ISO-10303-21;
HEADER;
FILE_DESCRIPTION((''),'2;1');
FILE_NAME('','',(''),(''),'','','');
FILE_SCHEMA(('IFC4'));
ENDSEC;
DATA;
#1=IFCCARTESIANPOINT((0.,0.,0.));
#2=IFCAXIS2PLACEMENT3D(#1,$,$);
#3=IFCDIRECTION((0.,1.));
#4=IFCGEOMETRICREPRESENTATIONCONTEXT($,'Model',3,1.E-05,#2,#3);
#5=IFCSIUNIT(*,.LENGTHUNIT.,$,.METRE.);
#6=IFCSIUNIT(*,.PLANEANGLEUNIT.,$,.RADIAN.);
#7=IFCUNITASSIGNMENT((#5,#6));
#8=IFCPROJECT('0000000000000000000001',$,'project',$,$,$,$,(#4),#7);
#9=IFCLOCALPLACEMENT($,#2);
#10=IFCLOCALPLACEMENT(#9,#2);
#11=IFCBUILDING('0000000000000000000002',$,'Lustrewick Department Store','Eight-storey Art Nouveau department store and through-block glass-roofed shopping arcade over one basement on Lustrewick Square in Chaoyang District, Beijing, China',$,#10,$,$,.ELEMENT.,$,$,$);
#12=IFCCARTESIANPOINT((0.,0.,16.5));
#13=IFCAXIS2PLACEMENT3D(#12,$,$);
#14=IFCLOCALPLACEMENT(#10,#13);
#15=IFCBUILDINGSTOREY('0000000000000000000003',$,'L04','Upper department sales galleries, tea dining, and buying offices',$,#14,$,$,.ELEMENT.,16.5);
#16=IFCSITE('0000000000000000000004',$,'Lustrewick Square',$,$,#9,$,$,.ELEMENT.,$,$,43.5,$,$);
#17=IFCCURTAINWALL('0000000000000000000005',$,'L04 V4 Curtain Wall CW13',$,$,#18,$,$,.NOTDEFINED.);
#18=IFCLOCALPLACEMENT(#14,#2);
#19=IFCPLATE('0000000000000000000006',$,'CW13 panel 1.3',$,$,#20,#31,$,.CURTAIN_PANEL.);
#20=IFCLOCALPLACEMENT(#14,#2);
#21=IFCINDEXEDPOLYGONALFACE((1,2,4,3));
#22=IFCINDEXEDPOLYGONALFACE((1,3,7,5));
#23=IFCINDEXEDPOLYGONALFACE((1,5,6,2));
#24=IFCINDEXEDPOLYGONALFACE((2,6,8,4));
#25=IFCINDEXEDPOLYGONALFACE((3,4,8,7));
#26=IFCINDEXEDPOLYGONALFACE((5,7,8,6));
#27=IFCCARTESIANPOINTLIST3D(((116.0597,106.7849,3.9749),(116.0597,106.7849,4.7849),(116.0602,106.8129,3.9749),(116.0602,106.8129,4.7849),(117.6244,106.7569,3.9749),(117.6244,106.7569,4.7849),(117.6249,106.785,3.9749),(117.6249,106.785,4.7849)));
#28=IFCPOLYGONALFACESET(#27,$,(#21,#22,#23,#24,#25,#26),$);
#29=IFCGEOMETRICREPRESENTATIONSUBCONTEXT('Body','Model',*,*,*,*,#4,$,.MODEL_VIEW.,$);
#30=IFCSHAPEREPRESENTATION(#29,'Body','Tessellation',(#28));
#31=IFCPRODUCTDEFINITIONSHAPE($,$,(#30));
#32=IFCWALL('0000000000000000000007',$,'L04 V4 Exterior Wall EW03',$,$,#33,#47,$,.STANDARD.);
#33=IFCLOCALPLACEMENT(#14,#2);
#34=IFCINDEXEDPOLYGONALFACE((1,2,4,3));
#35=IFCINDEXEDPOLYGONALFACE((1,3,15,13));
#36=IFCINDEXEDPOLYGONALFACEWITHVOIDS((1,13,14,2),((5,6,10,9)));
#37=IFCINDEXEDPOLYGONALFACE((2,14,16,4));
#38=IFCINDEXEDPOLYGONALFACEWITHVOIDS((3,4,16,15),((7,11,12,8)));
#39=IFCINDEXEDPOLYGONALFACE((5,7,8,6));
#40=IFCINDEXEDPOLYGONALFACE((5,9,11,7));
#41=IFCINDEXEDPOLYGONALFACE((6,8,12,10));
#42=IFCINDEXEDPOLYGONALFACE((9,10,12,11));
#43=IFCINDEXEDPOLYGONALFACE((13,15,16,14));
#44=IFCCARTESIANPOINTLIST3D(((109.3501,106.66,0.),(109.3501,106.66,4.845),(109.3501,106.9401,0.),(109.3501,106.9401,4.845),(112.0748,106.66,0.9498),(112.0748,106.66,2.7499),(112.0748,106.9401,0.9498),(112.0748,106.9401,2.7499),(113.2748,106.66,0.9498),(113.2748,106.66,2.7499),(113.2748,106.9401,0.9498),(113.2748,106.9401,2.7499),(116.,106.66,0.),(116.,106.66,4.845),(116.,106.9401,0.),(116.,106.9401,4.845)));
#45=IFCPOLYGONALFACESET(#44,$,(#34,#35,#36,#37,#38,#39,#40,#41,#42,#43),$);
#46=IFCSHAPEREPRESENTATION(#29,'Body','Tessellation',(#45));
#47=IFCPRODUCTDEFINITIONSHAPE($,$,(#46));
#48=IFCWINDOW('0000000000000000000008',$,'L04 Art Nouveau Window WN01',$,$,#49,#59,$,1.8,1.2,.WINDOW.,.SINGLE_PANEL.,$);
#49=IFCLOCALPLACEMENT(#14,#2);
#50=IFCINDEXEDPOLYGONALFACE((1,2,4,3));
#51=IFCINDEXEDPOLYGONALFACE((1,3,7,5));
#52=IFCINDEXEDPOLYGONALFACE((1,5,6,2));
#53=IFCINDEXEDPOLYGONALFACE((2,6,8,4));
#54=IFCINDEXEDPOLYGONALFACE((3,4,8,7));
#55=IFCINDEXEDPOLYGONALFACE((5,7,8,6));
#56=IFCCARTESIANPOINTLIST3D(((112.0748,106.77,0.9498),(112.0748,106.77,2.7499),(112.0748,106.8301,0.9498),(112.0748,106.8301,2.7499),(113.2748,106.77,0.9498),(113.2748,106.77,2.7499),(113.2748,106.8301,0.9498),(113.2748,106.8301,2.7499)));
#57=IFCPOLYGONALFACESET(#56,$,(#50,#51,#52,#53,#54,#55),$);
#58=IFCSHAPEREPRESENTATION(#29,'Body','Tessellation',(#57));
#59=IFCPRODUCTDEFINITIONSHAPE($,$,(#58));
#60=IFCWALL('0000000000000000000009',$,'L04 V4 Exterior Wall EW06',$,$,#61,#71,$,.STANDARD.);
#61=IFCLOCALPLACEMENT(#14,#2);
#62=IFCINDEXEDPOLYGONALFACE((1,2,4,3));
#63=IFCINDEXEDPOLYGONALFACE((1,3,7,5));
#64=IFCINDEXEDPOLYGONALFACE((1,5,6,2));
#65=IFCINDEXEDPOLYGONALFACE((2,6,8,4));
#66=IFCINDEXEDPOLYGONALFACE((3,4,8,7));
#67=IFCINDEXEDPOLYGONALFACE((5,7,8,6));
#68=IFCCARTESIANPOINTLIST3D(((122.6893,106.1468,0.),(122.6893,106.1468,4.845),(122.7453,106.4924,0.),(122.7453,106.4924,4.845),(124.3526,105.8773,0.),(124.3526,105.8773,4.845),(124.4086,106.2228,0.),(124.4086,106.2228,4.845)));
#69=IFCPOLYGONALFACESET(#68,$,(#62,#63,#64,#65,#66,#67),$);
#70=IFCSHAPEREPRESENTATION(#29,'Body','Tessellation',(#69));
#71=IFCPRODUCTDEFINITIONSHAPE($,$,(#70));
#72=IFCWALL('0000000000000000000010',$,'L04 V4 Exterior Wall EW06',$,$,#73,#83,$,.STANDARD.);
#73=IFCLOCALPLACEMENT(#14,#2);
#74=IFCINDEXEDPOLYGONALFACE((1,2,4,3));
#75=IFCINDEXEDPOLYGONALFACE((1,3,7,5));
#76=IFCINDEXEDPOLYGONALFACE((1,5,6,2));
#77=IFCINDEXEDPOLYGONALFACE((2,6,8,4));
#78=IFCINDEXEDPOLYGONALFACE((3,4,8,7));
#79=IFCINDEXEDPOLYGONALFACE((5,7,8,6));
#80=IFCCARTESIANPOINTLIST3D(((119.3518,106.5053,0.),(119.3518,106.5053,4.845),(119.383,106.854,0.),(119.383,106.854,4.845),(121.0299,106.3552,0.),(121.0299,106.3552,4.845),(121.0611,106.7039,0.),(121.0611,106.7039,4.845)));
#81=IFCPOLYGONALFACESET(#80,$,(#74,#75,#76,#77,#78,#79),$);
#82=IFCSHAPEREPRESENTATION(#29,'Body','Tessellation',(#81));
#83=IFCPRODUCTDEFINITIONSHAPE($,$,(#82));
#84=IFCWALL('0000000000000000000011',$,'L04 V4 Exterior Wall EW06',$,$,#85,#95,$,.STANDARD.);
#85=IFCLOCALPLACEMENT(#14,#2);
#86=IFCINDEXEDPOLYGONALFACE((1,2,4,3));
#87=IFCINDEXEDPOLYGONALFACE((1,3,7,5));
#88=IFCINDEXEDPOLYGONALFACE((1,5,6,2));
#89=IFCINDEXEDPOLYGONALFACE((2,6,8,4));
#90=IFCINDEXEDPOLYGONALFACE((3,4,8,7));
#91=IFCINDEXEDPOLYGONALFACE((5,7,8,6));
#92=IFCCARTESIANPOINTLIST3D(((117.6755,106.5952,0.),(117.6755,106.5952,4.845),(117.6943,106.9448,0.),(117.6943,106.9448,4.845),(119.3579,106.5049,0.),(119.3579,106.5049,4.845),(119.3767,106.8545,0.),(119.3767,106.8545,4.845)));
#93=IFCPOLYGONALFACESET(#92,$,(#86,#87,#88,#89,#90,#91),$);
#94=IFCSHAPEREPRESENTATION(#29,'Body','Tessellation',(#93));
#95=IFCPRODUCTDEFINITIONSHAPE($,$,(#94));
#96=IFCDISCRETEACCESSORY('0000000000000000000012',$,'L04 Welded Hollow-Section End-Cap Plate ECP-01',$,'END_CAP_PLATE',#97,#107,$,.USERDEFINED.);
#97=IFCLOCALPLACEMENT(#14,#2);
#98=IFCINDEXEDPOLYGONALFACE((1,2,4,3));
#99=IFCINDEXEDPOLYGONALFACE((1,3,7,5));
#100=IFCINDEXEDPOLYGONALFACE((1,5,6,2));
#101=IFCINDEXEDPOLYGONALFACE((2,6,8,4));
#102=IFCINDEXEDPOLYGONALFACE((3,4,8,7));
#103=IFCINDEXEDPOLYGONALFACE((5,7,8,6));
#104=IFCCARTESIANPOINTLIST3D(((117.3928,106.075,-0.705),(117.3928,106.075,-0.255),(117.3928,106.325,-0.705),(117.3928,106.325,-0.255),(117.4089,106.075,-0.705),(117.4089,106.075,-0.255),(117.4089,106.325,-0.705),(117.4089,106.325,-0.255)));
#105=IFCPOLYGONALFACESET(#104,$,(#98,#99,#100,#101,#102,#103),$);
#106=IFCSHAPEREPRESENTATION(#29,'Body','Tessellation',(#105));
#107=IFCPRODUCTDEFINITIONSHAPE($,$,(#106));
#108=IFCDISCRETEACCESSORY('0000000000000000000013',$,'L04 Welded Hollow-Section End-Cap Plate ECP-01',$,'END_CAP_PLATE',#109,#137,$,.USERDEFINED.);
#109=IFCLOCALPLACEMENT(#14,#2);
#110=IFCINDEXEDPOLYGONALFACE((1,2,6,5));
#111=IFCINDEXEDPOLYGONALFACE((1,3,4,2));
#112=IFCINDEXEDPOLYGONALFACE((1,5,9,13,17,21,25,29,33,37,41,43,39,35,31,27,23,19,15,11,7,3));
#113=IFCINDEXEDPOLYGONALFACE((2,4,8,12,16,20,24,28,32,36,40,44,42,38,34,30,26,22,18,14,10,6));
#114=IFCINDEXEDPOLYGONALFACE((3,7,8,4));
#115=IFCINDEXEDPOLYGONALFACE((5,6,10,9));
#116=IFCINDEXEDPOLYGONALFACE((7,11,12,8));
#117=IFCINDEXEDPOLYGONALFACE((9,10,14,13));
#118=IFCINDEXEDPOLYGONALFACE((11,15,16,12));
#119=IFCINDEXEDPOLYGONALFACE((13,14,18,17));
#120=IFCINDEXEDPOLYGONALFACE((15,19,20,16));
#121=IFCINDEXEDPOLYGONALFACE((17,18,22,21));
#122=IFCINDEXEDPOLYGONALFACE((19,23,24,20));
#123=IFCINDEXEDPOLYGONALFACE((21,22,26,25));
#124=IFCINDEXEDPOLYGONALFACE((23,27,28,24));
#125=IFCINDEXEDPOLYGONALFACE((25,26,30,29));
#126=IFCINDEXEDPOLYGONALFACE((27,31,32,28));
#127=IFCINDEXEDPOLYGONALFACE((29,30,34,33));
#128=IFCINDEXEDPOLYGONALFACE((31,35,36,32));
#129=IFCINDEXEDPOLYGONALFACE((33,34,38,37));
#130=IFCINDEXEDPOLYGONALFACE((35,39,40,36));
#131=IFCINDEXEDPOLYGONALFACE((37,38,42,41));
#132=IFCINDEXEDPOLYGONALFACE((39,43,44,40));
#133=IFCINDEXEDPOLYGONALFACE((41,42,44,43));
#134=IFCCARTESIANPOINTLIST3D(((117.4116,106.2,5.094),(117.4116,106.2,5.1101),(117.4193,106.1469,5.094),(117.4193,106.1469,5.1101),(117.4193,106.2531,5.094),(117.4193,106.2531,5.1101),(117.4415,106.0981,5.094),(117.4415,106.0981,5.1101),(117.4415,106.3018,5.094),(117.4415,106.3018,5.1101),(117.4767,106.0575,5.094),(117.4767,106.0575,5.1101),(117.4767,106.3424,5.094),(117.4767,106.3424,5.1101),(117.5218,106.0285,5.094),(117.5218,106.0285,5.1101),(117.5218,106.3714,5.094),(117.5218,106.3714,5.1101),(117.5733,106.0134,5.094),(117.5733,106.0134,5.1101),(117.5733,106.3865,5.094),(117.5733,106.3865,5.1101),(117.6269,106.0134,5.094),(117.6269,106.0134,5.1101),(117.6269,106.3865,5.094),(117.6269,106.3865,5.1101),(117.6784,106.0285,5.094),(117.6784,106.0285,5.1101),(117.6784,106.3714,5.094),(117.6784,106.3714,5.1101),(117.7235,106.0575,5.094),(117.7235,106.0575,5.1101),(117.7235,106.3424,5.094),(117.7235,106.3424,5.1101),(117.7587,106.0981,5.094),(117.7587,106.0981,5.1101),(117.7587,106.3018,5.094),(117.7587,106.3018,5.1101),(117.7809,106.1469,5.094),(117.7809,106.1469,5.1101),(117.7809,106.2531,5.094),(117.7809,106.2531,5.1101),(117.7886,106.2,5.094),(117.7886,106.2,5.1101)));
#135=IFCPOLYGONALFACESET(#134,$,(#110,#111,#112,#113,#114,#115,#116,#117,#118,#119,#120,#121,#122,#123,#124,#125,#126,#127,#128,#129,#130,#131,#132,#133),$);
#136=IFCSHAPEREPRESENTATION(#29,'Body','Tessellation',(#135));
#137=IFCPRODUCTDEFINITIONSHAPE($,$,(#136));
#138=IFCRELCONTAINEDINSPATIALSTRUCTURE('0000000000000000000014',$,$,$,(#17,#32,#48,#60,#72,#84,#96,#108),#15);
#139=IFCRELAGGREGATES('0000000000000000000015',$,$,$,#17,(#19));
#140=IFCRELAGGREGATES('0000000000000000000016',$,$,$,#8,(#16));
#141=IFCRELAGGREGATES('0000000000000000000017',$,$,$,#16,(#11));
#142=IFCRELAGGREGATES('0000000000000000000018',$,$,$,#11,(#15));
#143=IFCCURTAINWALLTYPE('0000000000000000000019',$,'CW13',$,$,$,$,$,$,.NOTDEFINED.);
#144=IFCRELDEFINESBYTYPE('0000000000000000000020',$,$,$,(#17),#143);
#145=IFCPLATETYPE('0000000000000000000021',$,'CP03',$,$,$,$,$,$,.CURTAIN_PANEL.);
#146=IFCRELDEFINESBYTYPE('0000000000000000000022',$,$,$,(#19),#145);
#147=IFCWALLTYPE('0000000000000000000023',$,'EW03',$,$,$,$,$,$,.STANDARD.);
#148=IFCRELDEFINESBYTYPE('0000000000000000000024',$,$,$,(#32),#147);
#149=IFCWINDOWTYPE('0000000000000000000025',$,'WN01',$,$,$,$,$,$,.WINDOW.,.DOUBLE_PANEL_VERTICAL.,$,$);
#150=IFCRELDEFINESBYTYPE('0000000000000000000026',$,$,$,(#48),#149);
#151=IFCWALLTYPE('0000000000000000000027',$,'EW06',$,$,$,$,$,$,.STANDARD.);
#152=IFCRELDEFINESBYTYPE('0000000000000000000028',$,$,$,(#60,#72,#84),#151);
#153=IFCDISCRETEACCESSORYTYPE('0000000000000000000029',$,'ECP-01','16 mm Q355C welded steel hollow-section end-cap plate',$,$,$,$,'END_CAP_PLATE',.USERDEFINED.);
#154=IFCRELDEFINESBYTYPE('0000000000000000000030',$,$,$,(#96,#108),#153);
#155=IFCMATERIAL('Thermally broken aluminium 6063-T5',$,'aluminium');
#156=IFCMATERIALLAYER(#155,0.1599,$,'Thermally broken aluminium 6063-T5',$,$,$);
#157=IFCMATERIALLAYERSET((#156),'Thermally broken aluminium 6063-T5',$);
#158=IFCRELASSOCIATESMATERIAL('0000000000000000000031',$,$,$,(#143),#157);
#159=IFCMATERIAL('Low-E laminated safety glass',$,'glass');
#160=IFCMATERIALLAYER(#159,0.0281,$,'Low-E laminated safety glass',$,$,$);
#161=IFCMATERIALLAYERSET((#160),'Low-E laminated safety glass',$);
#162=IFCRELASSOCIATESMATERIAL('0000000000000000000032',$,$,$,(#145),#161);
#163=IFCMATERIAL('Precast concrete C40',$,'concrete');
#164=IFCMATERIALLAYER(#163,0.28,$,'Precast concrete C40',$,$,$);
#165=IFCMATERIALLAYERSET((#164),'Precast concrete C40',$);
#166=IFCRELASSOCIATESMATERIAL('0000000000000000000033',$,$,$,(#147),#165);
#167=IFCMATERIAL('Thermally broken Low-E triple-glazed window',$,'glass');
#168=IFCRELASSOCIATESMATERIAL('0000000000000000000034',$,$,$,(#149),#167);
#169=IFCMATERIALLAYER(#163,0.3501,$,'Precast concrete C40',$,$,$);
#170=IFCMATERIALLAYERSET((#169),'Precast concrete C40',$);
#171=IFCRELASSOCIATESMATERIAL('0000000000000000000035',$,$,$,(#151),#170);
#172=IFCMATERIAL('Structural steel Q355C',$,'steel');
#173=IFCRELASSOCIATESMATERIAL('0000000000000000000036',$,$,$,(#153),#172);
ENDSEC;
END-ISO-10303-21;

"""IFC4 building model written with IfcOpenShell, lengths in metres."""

from ifc_helpers import new_model, si_unit, direction, frame, frame_2d, origin, origin_2d, place, context, subcontext, project, spatial, rectangle, circle, extrude, material, layer, layer_set, type_object, element, fill, aggregate, save


model = new_model("IFC4")

# Units and contexts
model_context = context("Model", 3, precision=1e-05, world=origin(), true_north=direction((0.0, 1.0)))
body_context = subcontext(model_context, "Body", "Model", "MODEL_VIEW")
ifc_project = project(units=[si_unit("LENGTHUNIT", "METRE"), si_unit("PLANEANGLEUNIT", "RADIAN")], contexts=[model_context])

# Site, building, storey
site_placement = place(None, origin())
site = spatial("IfcSite", under=ifc_project, at=site_placement, Name="Lustrewick Square", CompositionType="ELEMENT", RefElevation=43.5)
building_placement = place(site_placement, origin())
building = spatial("IfcBuilding", under=site, at=building_placement, Name="Lustrewick Department Store", Description="Eight-storey Art Nouveau department store and through-block glass-roofed shopping arcade over one basement on Lustrewick Square in Chaoyang District, Beijing, China", CompositionType="ELEMENT")
storey_placement = place(building_placement, frame((0.0, 0.0, 16.5)))
storey = spatial("IfcBuildingStorey", under=building, at=storey_placement, Name="L04", Description="Upper department sales galleries, tea dining, and buying offices", CompositionType="ELEMENT", Elevation=16.5)

# Curtain wall
ifc_material_1 = material(Name="Thermally broken aluminium 6063-T5", Category="aluminium")
ifc_layer_1 = layer(ifc_material_1, 0.1599, Name="Thermally broken aluminium 6063-T5")
ifc_layer_set_1 = layer_set([ifc_layer_1], Name="Thermally broken aluminium 6063-T5")
curtain_wall_type_1 = type_object("IfcCurtainWallType", Name="CW13", PredefinedType="NOTDEFINED", material=ifc_layer_set_1)
curtain_wall_1_placement = place(storey_placement, origin())
curtain_wall_1 = element("IfcCurtainWall", 1, at=curtain_wall_1_placement, inside=storey, type_object=curtain_wall_type_1, Name="L04 V4 Curtain Wall CW13", PredefinedType="NOTDEFINED")

# Shared definitions
ifc_material_2 = material(Name="Structural steel Q355C", Category="steel")

# Plate
ifc_material_3 = material(Name="Low-E laminated safety glass", Category="glass")
ifc_layer_2 = layer(ifc_material_3, 0.0281, Name="Low-E laminated safety glass")
ifc_layer_set_2 = layer_set([ifc_layer_2], Name="Low-E laminated safety glass")
plate_type_1 = type_object("IfcPlateType", Name="CP03", PredefinedType="CURTAIN_PANEL", material=ifc_layer_set_2)
plate_1_placement = place(storey_placement, frame((116.8423, 106.7849, 3.9749), z_axis=(0.0, 0.0, 1.0), x_axis=(-0.99984, 0.017864, 0.0)))
plate_1 = element("IfcPlate", 2, at=plate_1_placement, type_object=plate_type_1, Name="CW13 panel 1.3", PredefinedType="CURTAIN_PANEL", context=body_context, shape_type="SweptSolid", body=[
    extrude(rectangle(XDim=1.5649, YDim=0.0281, at=origin_2d()), origin(), (0.0, 0.0, 1.0), 0.8101),
])
aggregate(curtain_wall_1, [plate_1])

# Wall, opening, window
ifc_material_4 = material(Name="Precast concrete C40", Category="concrete")
ifc_layer_3 = layer(ifc_material_4, 0.28, Name="Precast concrete C40")
ifc_layer_set_3 = layer_set([ifc_layer_3], Name="Precast concrete C40")
wall_type_1 = type_object("IfcWallType", Name="EW03", PredefinedType="STANDARD", material=ifc_layer_set_3)
wall_1_placement = place(storey_placement, frame((116.0, 106.8, 0.0), z_axis=(0.0, 0.0, 1.0), x_axis=(-1.0, 0.0, 0.0)))
wall_1 = element("IfcWall", 3, at=wall_1_placement, inside=storey, type_object=wall_type_1, Name="L04 V4 Exterior Wall EW03", PredefinedType="STANDARD", context=body_context, shape_type="SweptSolid", body=[
    extrude(rectangle(XDim=6.6499, YDim=0.28, at=frame_2d((3.325, 0.0))), origin(), (0.0, 0.0, 1.0), 4.845),
])
opening_placement = place(wall_1_placement, frame((2.7251, 0.0, 0.95)))
opening = element("IfcOpeningElement", 4, at=opening_placement, cuts=wall_1, PredefinedType="OPENING", context=body_context, shape_type="SweptSolid", body=[
    extrude(rectangle(XDim=1.2, YDim=1.8, at=frame_2d((0.6001, 0.8999))), frame((0.0, 0.1499, 0.0), z_axis=(0.0, -1.0, 0.0), x_axis=(1.0, 0.0, 0.0)), (0.0, 0.0, 1.0), 0.3),
])
ifc_material_5 = material(Name="Thermally broken Low-E triple-glazed window", Category="glass")
window_type = type_object("IfcWindowType", Name="WN01", PartitioningType="DOUBLE_PANEL_VERTICAL", PredefinedType="WINDOW", material=ifc_material_5)
window_placement = place(opening_placement, origin())
window = element("IfcWindow", 5, at=window_placement, inside=storey, type_object=window_type, Name="L04 Art Nouveau Window WN01", OverallHeight=1.8, OverallWidth=1.2, PartitioningType="SINGLE_PANEL", PredefinedType="WINDOW", context=body_context, shape_type="SweptSolid", body=[
    extrude(rectangle(XDim=1.2, YDim=1.8, at=frame_2d((0.6001, 0.8999))), frame((0.0, 0.03, 0.0), z_axis=(0.0, -1.0, 0.0), x_axis=(1.0, 0.0, 0.0)), (0.0, 0.0, 1.0), 0.0601),
])
fill(opening, window)

# Walls
ifc_layer_4 = layer(ifc_material_4, 0.3501, Name="Precast concrete C40")
ifc_layer_set_4 = layer_set([ifc_layer_4], Name="Precast concrete C40")
wall_type_2 = type_object("IfcWallType", Name="EW06", PredefinedType="STANDARD", material=ifc_layer_set_4)
wall_2_placement = place(storey_placement, frame((124.3806, 106.05, 0.0), z_axis=(0.0, 0.0, 1.0), x_axis=(-0.987124, 0.159957, 0.0)))
element("IfcWall", 6, at=wall_2_placement, inside=storey, type_object=wall_type_2, Name="L04 V4 Exterior Wall EW06", PredefinedType="STANDARD", context=body_context, shape_type="SweptSolid", body=[
    extrude(rectangle(XDim=1.6851, YDim=0.3501, at=frame_2d((0.8425, 0.0))), origin(), (0.0, 0.0, 1.0), 4.845),
])
for number, where, z_axis, x_axis, name in (
    (7, (121.0454, 106.5295, 0.0), (0.0, 0.0, 1.0), (-0.996022, 0.089112, 0.0), "L04 V4 Exterior Wall EW06"),
    (8, (119.3672, 106.6797, 0.0), (0.0, 0.0, 1.0), (-0.998562, 0.053616, 0.0), "L04 V4 Exterior Wall EW06"),
):
    element("IfcWall", number, at=place(storey_placement, frame(where, z_axis=z_axis, x_axis=x_axis)), inside=storey, type_object=wall_type_2, Name=name, PredefinedType="STANDARD", context=body_context, shape_type="SweptSolid", body=[
        extrude(rectangle(XDim=1.6848, YDim=0.3501, at=frame_2d((0.8423, 0.0))), origin(), (0.0, 0.0, 1.0), 4.845),
    ])

# Discrete accessories
discrete_accessory_type = type_object("IfcDiscreteAccessoryType", Name="ECP-01", Description="16 mm Q355C welded steel hollow-section end-cap plate", ElementType="END_CAP_PLATE", PredefinedType="USERDEFINED", material=ifc_material_2)
discrete_accessory_1_placement = place(storey_placement, frame((117.3928, 106.2, -0.48), z_axis=(1.0, 0.0, 0.0), x_axis=(0.0, 1.0, 0.0)))
element("IfcDiscreteAccessory", 9, at=discrete_accessory_1_placement, inside=storey, type_object=discrete_accessory_type, Name="L04 Welded Hollow-Section End-Cap Plate ECP-01", ObjectType="END_CAP_PLATE", PredefinedType="USERDEFINED", context=body_context, shape_type="SweptSolid", body=[
    extrude(rectangle(XDim=0.25, YDim=0.45, at=origin_2d()), origin(), (0.0, 0.0, 1.0), 0.0161),
])
discrete_accessory_2_placement = place(storey_placement, frame((117.6001, 106.2, 5.094), z_axis=(0.0, 0.0, 1.0), x_axis=(1.0, 0.0, 0.0)))
element("IfcDiscreteAccessory", 10, at=discrete_accessory_2_placement, inside=storey, type_object=discrete_accessory_type, Name="L04 Welded Hollow-Section End-Cap Plate ECP-01", ObjectType="END_CAP_PLATE", PredefinedType="USERDEFINED", context=body_context, shape_type="SweptSolid", body=[
    extrude(circle(Radius=0.1885, at=origin_2d()), origin(), (0.0, 0.0, 1.0), 0.0161),
])

save(model, "model.ifc")
